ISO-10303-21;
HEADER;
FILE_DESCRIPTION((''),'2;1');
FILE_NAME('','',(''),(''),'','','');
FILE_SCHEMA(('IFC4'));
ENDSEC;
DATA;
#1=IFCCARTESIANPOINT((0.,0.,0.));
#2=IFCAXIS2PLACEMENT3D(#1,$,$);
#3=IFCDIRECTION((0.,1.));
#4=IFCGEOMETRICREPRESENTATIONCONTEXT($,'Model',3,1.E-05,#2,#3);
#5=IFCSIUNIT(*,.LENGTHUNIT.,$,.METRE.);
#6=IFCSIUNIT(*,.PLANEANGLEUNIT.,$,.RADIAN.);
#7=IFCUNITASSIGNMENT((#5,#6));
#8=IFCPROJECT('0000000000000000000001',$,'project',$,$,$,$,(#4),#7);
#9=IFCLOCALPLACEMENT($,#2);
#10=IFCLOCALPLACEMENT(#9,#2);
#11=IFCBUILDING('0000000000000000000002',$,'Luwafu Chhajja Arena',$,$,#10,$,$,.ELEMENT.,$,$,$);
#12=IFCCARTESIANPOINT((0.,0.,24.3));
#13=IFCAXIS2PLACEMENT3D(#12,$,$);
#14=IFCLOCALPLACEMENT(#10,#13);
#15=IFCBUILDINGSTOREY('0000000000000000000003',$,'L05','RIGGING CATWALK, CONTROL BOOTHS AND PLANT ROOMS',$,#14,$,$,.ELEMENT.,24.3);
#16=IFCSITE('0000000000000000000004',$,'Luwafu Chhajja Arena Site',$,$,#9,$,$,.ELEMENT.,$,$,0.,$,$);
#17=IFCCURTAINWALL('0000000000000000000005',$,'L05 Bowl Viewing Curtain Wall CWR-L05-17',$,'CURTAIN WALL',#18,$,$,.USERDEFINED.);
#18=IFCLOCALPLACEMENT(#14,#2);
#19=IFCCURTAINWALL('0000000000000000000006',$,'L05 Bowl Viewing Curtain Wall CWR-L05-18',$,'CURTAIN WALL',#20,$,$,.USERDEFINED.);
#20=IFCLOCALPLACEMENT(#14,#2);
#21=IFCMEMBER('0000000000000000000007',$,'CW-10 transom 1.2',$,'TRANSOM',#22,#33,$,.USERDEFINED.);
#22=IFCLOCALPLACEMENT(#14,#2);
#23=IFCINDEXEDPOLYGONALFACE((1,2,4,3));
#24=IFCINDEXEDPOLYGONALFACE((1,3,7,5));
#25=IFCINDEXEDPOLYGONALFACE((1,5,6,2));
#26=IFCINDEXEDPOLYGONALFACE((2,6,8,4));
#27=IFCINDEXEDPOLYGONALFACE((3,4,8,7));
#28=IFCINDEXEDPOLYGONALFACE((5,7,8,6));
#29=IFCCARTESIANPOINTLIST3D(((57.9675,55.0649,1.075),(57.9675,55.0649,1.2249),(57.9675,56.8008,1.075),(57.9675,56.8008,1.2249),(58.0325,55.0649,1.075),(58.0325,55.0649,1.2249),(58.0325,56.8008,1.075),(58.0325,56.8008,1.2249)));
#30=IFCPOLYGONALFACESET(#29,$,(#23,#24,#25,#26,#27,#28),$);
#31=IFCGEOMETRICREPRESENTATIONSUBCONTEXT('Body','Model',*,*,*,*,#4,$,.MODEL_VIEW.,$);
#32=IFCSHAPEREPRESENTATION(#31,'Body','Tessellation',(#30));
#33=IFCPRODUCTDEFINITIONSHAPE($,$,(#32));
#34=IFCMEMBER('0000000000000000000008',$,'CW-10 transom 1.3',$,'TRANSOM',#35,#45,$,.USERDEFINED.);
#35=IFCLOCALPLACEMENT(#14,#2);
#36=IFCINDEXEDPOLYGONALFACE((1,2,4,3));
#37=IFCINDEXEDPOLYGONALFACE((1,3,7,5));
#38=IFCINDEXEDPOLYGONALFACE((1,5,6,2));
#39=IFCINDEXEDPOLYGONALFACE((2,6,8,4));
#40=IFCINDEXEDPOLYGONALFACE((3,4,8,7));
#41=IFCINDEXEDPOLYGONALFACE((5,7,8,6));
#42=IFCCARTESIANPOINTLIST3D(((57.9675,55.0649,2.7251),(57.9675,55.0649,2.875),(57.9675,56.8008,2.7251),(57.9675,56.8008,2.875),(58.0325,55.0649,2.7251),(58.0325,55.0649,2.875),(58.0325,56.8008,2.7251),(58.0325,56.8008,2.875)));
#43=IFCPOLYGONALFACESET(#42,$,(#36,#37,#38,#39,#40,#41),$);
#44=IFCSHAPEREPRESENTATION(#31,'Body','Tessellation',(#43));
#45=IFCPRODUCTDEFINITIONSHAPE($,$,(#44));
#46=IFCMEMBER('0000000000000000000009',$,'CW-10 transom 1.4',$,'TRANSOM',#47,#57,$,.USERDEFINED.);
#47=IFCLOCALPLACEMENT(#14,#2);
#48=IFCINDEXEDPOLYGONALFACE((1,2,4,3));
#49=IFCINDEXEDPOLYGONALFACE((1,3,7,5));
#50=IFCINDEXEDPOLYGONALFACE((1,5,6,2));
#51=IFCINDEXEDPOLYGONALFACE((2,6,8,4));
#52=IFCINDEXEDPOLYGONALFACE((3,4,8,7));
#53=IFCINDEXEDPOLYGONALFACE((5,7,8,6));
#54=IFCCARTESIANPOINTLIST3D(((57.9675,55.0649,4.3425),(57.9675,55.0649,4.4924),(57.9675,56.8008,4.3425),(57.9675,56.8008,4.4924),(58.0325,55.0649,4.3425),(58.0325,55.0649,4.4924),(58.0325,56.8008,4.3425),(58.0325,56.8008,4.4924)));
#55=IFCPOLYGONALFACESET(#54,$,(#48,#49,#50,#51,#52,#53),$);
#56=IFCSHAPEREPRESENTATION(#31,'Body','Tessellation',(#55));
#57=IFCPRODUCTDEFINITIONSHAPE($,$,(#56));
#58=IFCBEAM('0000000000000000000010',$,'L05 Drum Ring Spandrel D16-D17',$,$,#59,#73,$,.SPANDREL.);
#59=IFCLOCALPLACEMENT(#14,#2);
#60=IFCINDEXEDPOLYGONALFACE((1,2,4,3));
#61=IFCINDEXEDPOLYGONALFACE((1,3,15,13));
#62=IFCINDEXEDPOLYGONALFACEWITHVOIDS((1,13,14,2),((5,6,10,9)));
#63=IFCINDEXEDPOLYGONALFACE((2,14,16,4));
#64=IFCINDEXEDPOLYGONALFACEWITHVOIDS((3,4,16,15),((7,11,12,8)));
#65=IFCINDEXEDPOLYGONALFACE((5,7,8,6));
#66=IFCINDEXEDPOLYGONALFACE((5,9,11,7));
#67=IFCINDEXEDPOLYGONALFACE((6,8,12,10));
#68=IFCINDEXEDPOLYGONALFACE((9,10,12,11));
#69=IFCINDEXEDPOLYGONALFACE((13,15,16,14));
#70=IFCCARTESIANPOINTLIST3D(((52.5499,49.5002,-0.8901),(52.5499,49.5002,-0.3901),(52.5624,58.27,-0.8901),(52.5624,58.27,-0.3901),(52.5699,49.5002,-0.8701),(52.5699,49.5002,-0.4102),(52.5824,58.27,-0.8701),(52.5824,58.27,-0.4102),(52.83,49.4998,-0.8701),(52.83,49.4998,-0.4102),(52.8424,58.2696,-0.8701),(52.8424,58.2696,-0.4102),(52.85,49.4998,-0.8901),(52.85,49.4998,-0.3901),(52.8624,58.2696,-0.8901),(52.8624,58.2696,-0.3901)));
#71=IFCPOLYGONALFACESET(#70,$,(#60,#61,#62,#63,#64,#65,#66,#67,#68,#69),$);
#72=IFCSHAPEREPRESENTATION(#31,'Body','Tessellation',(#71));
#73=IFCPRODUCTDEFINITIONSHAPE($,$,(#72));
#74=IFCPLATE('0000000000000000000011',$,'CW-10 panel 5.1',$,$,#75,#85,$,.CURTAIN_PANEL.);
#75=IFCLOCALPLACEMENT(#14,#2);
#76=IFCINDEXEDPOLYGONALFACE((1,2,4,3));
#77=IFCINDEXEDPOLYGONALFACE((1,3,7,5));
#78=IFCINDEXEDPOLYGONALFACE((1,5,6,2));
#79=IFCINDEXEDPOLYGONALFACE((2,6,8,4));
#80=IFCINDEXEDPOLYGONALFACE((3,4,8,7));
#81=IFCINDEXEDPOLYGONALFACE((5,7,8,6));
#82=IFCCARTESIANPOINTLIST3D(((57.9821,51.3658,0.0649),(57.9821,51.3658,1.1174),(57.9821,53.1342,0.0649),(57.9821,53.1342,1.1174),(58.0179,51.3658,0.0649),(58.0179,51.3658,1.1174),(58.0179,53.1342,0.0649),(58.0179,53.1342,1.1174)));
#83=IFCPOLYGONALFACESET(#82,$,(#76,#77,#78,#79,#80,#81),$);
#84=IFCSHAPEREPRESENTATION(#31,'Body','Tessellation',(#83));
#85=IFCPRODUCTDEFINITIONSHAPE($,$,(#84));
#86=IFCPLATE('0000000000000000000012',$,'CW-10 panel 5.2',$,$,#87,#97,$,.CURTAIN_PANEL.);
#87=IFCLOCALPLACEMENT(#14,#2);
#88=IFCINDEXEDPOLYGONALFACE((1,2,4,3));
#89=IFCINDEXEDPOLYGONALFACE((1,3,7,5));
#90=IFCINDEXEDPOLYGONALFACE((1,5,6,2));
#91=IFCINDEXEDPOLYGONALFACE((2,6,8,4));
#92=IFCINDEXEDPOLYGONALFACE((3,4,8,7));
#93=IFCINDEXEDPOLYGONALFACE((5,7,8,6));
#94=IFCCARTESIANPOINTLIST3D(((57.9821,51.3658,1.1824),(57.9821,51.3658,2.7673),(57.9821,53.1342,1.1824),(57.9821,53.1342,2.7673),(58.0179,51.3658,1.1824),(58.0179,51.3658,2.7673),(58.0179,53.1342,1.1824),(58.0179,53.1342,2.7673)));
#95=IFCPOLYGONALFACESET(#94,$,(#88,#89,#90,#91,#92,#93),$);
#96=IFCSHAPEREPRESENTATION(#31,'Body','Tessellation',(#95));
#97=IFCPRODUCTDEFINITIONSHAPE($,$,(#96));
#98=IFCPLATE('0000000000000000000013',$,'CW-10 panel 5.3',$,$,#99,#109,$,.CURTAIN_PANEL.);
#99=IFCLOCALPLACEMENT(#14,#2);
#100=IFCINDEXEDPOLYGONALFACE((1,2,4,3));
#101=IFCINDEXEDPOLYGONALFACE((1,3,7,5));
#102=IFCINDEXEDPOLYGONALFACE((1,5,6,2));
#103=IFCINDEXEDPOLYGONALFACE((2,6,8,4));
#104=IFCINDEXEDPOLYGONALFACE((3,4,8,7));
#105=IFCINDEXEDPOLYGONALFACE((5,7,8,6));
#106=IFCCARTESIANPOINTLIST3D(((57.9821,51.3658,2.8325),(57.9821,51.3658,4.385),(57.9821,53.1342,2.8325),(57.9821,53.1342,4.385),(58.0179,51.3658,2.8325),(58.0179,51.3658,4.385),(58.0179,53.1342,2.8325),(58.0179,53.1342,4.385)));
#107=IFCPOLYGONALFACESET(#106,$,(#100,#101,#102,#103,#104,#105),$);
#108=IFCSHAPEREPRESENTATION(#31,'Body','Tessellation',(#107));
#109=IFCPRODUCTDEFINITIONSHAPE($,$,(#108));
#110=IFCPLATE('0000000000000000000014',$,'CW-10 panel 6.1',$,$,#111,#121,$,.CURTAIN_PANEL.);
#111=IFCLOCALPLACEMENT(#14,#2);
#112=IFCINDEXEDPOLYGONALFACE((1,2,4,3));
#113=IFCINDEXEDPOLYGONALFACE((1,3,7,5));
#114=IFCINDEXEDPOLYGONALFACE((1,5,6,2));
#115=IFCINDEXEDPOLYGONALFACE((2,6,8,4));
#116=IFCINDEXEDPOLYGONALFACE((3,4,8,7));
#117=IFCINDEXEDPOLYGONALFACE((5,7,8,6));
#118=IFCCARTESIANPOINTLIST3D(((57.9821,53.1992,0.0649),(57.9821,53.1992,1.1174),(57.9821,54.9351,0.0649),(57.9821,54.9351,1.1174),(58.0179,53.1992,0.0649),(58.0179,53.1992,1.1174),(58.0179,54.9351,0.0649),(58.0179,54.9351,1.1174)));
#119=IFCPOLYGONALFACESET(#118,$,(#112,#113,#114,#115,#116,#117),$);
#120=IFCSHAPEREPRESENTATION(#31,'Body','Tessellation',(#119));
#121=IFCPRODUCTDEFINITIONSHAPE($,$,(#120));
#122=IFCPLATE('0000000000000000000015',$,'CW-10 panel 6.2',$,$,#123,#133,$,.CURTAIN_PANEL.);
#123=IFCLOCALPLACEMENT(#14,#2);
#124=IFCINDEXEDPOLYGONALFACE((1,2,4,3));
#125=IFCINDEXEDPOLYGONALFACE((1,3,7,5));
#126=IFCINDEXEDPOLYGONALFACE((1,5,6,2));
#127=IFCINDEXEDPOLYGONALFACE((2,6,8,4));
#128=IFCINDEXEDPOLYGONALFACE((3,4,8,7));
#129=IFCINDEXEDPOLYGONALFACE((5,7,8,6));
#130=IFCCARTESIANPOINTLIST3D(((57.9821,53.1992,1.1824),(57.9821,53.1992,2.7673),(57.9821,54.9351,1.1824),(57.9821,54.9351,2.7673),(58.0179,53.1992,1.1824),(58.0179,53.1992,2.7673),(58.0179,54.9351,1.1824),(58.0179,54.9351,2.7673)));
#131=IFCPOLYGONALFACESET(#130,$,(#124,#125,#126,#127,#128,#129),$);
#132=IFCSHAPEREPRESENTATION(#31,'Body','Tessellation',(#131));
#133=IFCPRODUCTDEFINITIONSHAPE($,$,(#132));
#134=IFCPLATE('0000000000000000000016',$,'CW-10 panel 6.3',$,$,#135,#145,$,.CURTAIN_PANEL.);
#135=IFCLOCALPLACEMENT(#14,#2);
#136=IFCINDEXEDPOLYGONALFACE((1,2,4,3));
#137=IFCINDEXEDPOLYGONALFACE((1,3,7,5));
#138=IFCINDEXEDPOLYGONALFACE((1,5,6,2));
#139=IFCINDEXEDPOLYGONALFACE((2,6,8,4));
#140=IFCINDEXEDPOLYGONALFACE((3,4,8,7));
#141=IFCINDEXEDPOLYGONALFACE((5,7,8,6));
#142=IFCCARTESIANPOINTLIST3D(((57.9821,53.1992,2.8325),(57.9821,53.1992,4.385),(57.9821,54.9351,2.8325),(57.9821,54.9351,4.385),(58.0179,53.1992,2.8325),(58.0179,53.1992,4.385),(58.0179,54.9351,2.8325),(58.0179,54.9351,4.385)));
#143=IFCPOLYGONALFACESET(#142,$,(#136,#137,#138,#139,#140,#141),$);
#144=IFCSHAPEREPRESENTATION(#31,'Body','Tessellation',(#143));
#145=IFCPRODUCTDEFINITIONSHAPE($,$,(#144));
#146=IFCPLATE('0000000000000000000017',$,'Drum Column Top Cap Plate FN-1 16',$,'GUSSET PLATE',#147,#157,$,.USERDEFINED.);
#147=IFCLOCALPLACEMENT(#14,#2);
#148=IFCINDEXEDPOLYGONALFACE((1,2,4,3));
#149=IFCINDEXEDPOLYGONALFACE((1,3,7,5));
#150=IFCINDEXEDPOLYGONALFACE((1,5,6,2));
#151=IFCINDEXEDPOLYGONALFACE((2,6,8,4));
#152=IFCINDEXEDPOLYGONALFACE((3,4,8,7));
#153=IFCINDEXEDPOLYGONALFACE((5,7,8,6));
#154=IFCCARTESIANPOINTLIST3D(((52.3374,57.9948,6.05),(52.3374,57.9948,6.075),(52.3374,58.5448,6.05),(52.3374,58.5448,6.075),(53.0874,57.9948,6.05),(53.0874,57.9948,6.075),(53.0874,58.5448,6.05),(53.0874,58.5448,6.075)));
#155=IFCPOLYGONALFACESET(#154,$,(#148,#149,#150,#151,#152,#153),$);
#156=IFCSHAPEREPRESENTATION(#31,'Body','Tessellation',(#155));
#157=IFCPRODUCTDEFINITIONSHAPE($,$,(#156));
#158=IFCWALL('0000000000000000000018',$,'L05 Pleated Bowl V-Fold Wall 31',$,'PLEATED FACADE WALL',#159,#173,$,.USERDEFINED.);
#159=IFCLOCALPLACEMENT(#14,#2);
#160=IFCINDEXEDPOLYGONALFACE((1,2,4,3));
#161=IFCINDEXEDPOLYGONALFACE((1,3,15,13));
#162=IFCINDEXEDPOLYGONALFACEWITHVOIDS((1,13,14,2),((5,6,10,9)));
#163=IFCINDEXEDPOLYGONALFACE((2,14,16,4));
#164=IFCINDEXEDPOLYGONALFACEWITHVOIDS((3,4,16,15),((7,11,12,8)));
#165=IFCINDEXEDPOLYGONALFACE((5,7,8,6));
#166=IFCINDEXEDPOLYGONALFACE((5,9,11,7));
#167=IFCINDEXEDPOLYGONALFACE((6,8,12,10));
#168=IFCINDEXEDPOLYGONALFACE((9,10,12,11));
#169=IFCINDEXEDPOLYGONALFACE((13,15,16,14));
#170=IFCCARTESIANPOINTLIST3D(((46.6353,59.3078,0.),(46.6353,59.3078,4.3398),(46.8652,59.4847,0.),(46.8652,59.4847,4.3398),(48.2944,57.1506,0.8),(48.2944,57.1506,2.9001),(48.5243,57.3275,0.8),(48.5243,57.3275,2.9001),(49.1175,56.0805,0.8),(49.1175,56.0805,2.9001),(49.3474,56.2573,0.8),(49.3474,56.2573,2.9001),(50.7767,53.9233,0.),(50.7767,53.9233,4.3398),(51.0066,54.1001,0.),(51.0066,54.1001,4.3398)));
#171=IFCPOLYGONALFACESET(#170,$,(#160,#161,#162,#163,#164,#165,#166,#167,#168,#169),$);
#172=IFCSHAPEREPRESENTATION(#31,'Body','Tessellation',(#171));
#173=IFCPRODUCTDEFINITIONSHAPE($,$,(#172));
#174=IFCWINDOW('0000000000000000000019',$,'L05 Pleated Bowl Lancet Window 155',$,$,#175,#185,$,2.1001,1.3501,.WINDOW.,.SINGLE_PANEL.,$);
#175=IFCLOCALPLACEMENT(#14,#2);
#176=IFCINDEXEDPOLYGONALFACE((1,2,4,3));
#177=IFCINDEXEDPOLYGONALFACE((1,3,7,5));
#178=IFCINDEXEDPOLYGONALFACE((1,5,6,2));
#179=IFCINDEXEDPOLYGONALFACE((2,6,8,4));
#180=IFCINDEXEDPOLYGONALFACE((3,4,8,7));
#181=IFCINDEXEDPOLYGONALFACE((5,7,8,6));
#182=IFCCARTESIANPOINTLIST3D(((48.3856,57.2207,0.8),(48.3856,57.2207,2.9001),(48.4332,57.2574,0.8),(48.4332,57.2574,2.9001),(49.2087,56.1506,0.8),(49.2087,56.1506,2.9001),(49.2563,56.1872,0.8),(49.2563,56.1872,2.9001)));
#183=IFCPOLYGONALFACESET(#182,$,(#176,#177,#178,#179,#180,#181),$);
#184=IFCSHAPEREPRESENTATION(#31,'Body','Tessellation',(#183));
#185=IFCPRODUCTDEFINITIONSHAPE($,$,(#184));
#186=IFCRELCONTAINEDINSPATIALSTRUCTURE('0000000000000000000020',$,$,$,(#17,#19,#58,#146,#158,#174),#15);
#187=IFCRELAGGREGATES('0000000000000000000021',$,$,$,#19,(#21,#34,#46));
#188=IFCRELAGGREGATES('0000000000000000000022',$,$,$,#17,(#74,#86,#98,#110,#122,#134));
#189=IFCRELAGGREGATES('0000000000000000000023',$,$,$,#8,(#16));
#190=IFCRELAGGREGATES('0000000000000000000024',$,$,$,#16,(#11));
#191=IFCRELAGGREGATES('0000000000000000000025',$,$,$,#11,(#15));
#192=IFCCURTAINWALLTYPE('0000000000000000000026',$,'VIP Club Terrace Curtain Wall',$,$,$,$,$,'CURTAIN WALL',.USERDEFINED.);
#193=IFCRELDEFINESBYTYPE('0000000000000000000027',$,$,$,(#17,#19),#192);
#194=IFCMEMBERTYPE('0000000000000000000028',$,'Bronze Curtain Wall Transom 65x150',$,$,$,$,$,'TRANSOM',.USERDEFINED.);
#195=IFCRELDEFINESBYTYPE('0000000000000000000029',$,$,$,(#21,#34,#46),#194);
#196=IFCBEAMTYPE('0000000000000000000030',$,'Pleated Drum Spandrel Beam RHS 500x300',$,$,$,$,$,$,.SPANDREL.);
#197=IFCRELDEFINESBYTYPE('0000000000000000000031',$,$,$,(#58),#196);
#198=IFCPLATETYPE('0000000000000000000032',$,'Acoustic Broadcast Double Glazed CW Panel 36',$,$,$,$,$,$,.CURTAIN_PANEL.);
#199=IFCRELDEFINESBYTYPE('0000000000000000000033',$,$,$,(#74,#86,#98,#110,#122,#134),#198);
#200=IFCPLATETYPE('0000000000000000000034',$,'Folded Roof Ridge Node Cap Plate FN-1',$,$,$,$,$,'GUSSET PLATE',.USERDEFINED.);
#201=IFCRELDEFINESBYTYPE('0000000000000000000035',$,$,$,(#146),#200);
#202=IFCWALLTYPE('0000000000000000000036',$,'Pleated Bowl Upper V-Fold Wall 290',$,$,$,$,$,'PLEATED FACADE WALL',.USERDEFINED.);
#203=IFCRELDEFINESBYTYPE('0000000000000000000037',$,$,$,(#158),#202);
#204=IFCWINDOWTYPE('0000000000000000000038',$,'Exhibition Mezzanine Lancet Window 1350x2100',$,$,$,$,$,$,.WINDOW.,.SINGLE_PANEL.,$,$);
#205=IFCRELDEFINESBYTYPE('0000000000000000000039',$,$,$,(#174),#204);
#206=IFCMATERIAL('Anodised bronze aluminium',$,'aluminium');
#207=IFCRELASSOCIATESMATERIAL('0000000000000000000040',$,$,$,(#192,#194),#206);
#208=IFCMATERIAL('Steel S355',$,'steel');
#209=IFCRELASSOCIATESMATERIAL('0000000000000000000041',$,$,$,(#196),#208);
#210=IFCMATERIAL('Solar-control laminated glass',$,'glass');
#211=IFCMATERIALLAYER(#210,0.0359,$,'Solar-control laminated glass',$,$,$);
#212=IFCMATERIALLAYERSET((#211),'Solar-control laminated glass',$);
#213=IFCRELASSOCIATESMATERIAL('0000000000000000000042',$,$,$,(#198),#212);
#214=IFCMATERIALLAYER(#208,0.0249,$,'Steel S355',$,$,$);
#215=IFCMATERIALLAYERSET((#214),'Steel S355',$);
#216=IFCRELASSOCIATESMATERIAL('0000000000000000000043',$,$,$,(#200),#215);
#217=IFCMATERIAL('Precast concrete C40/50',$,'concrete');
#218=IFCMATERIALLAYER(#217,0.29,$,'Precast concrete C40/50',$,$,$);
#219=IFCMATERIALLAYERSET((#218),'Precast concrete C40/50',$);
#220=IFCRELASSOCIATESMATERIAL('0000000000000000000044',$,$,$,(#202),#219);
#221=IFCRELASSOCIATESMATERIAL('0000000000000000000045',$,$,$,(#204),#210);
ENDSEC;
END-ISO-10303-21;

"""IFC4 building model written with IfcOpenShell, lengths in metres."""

from ifc_helpers import new_model, si_unit, direction, frame, frame_2d, origin, origin_2d, place, context, subcontext, project, spatial, rectangle, hollow_rectangle, extrude, material, layer, layer_set, material_profile, profile_set, type_object, element, fill, aggregate, save


model = new_model("IFC4")

# Units and contexts
model_context = context("Model", 3, precision=1e-05, world=origin(), true_north=direction((0.0, 1.0)))
body_context = subcontext(model_context, "Body", "Model", "MODEL_VIEW")
ifc_project = project(units=[si_unit("LENGTHUNIT", "METRE"), si_unit("PLANEANGLEUNIT", "RADIAN")], contexts=[model_context])

# Site, building, storey
site_placement = place(None, origin())
site = spatial("IfcSite", under=ifc_project, at=site_placement, Name="Luwafu Chhajja Arena Site", CompositionType="ELEMENT", RefElevation=0.0)
building_placement = place(site_placement, origin())
building = spatial("IfcBuilding", under=site, at=building_placement, Name="Luwafu Chhajja Arena", CompositionType="ELEMENT")
storey_placement = place(building_placement, frame((0.0, 0.0, 24.3)))
storey = spatial("IfcBuildingStorey", under=building, at=storey_placement, Name="L05", Description="RIGGING CATWALK, CONTROL BOOTHS AND PLANT ROOMS", CompositionType="ELEMENT", Elevation=24.3)

# Shared definitions
ifc_material_1 = material(Name="Steel S355", Category="steel")

# Curtain wall
ifc_material_2 = material(Name="Anodised bronze aluminium", Category="aluminium")
curtain_wall_type = type_object("IfcCurtainWallType", Name="VIP Club Terrace Curtain Wall", ElementType="CURTAIN WALL", PredefinedType="USERDEFINED", material=ifc_material_2)
curtain_wall_1_placement = place(storey_placement, origin())
curtain_wall_1 = element("IfcCurtainWall", 1, at=curtain_wall_1_placement, inside=storey, type_object=curtain_wall_type, Name="L05 Bowl Viewing Curtain Wall CWR-L05-17", ObjectType="CURTAIN WALL", PredefinedType="USERDEFINED")

# Curtain wall
curtain_wall_2_placement = place(storey_placement, origin())
curtain_wall_2 = element("IfcCurtainWall", 2, at=curtain_wall_2_placement, inside=storey, type_object=curtain_wall_type, Name="L05 Bowl Viewing Curtain Wall CWR-L05-18", ObjectType="CURTAIN WALL", PredefinedType="USERDEFINED")

# Members
ifc_material_profile_1 = material_profile(ifc_material_2, rectangle(XDim=0.0649, YDim=0.1499, at=origin_2d()), Name="CWT 65x150")
ifc_profile_set_1 = profile_set([ifc_material_profile_1], Name="Anodised bronze aluminium")
member_type_1 = type_object("IfcMemberType", Name="Bronze Curtain Wall Transom 65x150", ElementType="TRANSOM", PredefinedType="USERDEFINED", material=ifc_profile_set_1)
member_1_placement = place(storey_placement, frame((58.0, 55.0649, 1.1499), z_axis=(0.0, 1.0, 0.0), x_axis=(-1.0, 0.0, 0.0)))
member_1 = element("IfcMember", 3, at=member_1_placement, type_object=member_type_1, Name="CW-10 transom 1.2", ObjectType="TRANSOM", PredefinedType="USERDEFINED", context=body_context, shape_type="SweptSolid", body=[
    extrude(rectangle(XDim=0.0649, YDim=0.1499, at=origin_2d()), origin(), (0.0, 0.0, 1.0), 1.7358),
])
member_2_placement = place(storey_placement, frame((58.0, 55.0649, 2.8), z_axis=(0.0, 1.0, 0.0), x_axis=(-1.0, 0.0, 0.0)))
member_2 = element("IfcMember", 4, at=member_2_placement, type_object=member_type_1, Name="CW-10 transom 1.3", ObjectType="TRANSOM", PredefinedType="USERDEFINED", context=body_context, shape_type="SweptSolid", body=[
    extrude(rectangle(XDim=0.0649, YDim=0.1499, at=origin_2d()), origin(), (0.0, 0.0, 1.0), 1.7358),
])
member_3_placement = place(storey_placement, frame((58.0, 55.0649, 4.4175), z_axis=(0.0, 1.0, 0.0), x_axis=(-1.0, 0.0, 0.0)))
member_3 = element("IfcMember", 5, at=member_3_placement, type_object=member_type_1, Name="CW-10 transom 1.4", ObjectType="TRANSOM", PredefinedType="USERDEFINED", context=body_context, shape_type="SweptSolid", body=[
    extrude(rectangle(XDim=0.0649, YDim=0.1499, at=origin_2d()), origin(), (0.0, 0.0, 1.0), 1.7358),
])
aggregate(curtain_wall_2, [member_1, member_2, member_3])

# Beam
ifc_material_profile_2 = material_profile(ifc_material_1, hollow_rectangle(XDim=0.3, YDim=0.5, WallThickness=0.02, at=origin_2d()), Name="RHS 500x300x20")
ifc_profile_set_2 = profile_set([ifc_material_profile_2], Name="Steel S355")
beam_type = type_object("IfcBeamType", Name="Pleated Drum Spandrel Beam RHS 500x300", PredefinedType="SPANDREL", material=ifc_profile_set_2)
beam_placement = place(storey_placement, frame((52.7124, 58.2698, -0.6401), z_axis=(-0.00142, -0.999999, 0.0), x_axis=(0.999999, -0.00142, 0.0)))
element("IfcBeam", 6, at=beam_placement, inside=storey, type_object=beam_type, Name="L05 Drum Ring Spandrel D16-D17", PredefinedType="SPANDREL", context=body_context, shape_type="SweptSolid", body=[
    extrude(hollow_rectangle(XDim=0.3, YDim=0.5, WallThickness=0.02, at=origin_2d()), origin(), (0.0, 0.0, 1.0), 8.7698),
])

# Plates
ifc_material_3 = material(Name="Solar-control laminated glass", Category="glass")
ifc_layer_1 = layer(ifc_material_3, 0.0359, Name="Solar-control laminated glass")
ifc_layer_set_1 = layer_set([ifc_layer_1], Name="Solar-control laminated glass")
plate_type_1 = type_object("IfcPlateType", Name="Acoustic Broadcast Double Glazed CW Panel 36", PredefinedType="CURTAIN_PANEL", material=ifc_layer_set_1)
plate_1_placement = place(storey_placement, frame((58.0, 52.25, 0.0649), z_axis=(0.0, 0.0, 1.0), x_axis=(0.0, 1.0, 0.0)))
plate_1 = element("IfcPlate", 7, at=plate_1_placement, type_object=plate_type_1, Name="CW-10 panel 5.1", PredefinedType="CURTAIN_PANEL", context=body_context, shape_type="SweptSolid", body=[
    extrude(rectangle(XDim=1.7683, YDim=0.0359, at=origin_2d()), origin(), (0.0, 0.0, 1.0), 1.0525),
])
plate_2_placement = place(storey_placement, frame((58.0, 52.25, 1.1824), z_axis=(0.0, 0.0, 1.0), x_axis=(0.0, 1.0, 0.0)))
plate_2 = element("IfcPlate", 8, at=plate_2_placement, type_object=plate_type_1, Name="CW-10 panel 5.2", PredefinedType="CURTAIN_PANEL", context=body_context, shape_type="SweptSolid", body=[
    extrude(rectangle(XDim=1.7683, YDim=0.0359, at=origin_2d()), origin(), (0.0, 0.0, 1.0), 1.585),
])
plate_3_placement = place(storey_placement, frame((58.0, 52.25, 2.8325), z_axis=(0.0, 0.0, 1.0), x_axis=(0.0, 1.0, 0.0)))
plate_3 = element("IfcPlate", 9, at=plate_3_placement, type_object=plate_type_1, Name="CW-10 panel 5.3", PredefinedType="CURTAIN_PANEL", context=body_context, shape_type="SweptSolid", body=[
    extrude(rectangle(XDim=1.7683, YDim=0.0359, at=origin_2d()), origin(), (0.0, 0.0, 1.0), 1.5525),
])
plate_4_placement = place(storey_placement, frame((58.0, 54.0671, 0.0649), z_axis=(0.0, 0.0, 1.0), x_axis=(0.0, 1.0, 0.0)))
plate_4 = element("IfcPlate", 10, at=plate_4_placement, type_object=plate_type_1, Name="CW-10 panel 6.1", PredefinedType="CURTAIN_PANEL", context=body_context, shape_type="SweptSolid", body=[
    extrude(rectangle(XDim=1.7358, YDim=0.0359, at=origin_2d()), origin(), (0.0, 0.0, 1.0), 1.0525),
])
plate_5_placement = place(storey_placement, frame((58.0, 54.0671, 1.1824), z_axis=(0.0, 0.0, 1.0), x_axis=(0.0, 1.0, 0.0)))
plate_5 = element("IfcPlate", 11, at=plate_5_placement, type_object=plate_type_1, Name="CW-10 panel 6.2", PredefinedType="CURTAIN_PANEL", context=body_context, shape_type="SweptSolid", body=[
    extrude(rectangle(XDim=1.7358, YDim=0.0359, at=origin_2d()), origin(), (0.0, 0.0, 1.0), 1.585),
])
plate_6_placement = place(storey_placement, frame((58.0, 54.0671, 2.8325), z_axis=(0.0, 0.0, 1.0), x_axis=(0.0, 1.0, 0.0)))
plate_6 = element("IfcPlate", 12, at=plate_6_placement, type_object=plate_type_1, Name="CW-10 panel 6.3", PredefinedType="CURTAIN_PANEL", context=body_context, shape_type="SweptSolid", body=[
    extrude(rectangle(XDim=1.7358, YDim=0.0359, at=origin_2d()), origin(), (0.0, 0.0, 1.0), 1.5525),
])
aggregate(curtain_wall_1, [plate_1, plate_2, plate_3, plate_4, plate_5, plate_6])
ifc_layer_2 = layer(ifc_material_1, 0.0249, Name="Steel S355")
ifc_layer_set_2 = layer_set([ifc_layer_2], Name="Steel S355")
plate_type_2 = type_object("IfcPlateType", Name="Folded Roof Ridge Node Cap Plate FN-1", ElementType="GUSSET PLATE", PredefinedType="USERDEFINED", material=ifc_layer_set_2)
plate_7_placement = place(storey_placement, frame((52.7124, 58.2698, 6.05), z_axis=(0.0, 0.0, 1.0), x_axis=(1.0, 0.0, 0.0)))
element("IfcPlate", 13, at=plate_7_placement, inside=storey, type_object=plate_type_2, Name="Drum Column Top Cap Plate FN-1 16", ObjectType="GUSSET PLATE", PredefinedType="USERDEFINED", context=body_context, shape_type="SweptSolid", body=[
    extrude(rectangle(XDim=0.75, YDim=0.55, at=origin_2d()), origin(), (0.0, 0.0, 1.0), 0.0249),
])

# Wall, opening, window
ifc_material_4 = material(Name="Precast concrete C40/50", Category="concrete")
ifc_layer_3 = layer(ifc_material_4, 0.29, Name="Precast concrete C40/50")
ifc_layer_set_3 = layer_set([ifc_layer_3], Name="Precast concrete C40/50")
wall_type = type_object("IfcWallType", Name="Pleated Bowl Upper V-Fold Wall 290", ElementType="PLEATED FACADE WALL", PredefinedType="USERDEFINED", material=ifc_layer_set_3)
wall_1_placement = place(storey_placement, frame((46.7502, 59.3962, 0.0), z_axis=(0.0, 0.0, 1.0), x_axis=(0.609657, -0.792665, 0.0)))
wall_1 = element("IfcWall", 14, at=wall_1_placement, inside=storey, type_object=wall_type, Name="L05 Pleated Bowl V-Fold Wall 31", ObjectType="PLEATED FACADE WALL", PredefinedType="USERDEFINED", context=body_context, shape_type="SweptSolid", body=[
    extrude(rectangle(XDim=6.793, YDim=0.29, at=frame_2d((3.3965, 0.0))), origin(), (0.0, 0.0, 1.0), 4.3398),
])
opening_1_placement = place(wall_1_placement, frame((2.7214, 0.0, 0.8)))
opening_1 = element("IfcOpeningElement", 15, at=opening_1_placement, cuts=wall_1, PredefinedType="OPENING", context=body_context, shape_type="SweptSolid", body=[
    extrude(rectangle(XDim=1.3501, YDim=2.1001, at=frame_2d((0.675, 1.05))), frame((0.0, 0.155, 0.0), z_axis=(0.0, -1.0, 0.0), x_axis=(1.0, 0.0, 0.0)), (0.0, 0.0, 1.0), 0.3101),
])
window_type_1 = type_object("IfcWindowType", Name="Exhibition Mezzanine Lancet Window 1350x2100", PartitioningType="SINGLE_PANEL", PredefinedType="WINDOW", material=ifc_material_3)
window_1_placement = place(opening_1_placement, origin())
window_1 = element("IfcWindow", 16, at=window_1_placement, inside=storey, type_object=window_type_1, Name="L05 Pleated Bowl Lancet Window 155", OverallHeight=2.1001, OverallWidth=1.3501, PartitioningType="SINGLE_PANEL", PredefinedType="WINDOW", context=body_context, shape_type="SweptSolid", body=[
    extrude(rectangle(XDim=1.3501, YDim=2.1001, at=frame_2d((0.675, 1.05))), frame((0.0, 0.03, 0.0), z_axis=(0.0, -1.0, 0.0), x_axis=(1.0, 0.0, 0.0)), (0.0, 0.0, 1.0), 0.0601),
])
fill(opening_1, window_1)

save(model, "model.ifc")
